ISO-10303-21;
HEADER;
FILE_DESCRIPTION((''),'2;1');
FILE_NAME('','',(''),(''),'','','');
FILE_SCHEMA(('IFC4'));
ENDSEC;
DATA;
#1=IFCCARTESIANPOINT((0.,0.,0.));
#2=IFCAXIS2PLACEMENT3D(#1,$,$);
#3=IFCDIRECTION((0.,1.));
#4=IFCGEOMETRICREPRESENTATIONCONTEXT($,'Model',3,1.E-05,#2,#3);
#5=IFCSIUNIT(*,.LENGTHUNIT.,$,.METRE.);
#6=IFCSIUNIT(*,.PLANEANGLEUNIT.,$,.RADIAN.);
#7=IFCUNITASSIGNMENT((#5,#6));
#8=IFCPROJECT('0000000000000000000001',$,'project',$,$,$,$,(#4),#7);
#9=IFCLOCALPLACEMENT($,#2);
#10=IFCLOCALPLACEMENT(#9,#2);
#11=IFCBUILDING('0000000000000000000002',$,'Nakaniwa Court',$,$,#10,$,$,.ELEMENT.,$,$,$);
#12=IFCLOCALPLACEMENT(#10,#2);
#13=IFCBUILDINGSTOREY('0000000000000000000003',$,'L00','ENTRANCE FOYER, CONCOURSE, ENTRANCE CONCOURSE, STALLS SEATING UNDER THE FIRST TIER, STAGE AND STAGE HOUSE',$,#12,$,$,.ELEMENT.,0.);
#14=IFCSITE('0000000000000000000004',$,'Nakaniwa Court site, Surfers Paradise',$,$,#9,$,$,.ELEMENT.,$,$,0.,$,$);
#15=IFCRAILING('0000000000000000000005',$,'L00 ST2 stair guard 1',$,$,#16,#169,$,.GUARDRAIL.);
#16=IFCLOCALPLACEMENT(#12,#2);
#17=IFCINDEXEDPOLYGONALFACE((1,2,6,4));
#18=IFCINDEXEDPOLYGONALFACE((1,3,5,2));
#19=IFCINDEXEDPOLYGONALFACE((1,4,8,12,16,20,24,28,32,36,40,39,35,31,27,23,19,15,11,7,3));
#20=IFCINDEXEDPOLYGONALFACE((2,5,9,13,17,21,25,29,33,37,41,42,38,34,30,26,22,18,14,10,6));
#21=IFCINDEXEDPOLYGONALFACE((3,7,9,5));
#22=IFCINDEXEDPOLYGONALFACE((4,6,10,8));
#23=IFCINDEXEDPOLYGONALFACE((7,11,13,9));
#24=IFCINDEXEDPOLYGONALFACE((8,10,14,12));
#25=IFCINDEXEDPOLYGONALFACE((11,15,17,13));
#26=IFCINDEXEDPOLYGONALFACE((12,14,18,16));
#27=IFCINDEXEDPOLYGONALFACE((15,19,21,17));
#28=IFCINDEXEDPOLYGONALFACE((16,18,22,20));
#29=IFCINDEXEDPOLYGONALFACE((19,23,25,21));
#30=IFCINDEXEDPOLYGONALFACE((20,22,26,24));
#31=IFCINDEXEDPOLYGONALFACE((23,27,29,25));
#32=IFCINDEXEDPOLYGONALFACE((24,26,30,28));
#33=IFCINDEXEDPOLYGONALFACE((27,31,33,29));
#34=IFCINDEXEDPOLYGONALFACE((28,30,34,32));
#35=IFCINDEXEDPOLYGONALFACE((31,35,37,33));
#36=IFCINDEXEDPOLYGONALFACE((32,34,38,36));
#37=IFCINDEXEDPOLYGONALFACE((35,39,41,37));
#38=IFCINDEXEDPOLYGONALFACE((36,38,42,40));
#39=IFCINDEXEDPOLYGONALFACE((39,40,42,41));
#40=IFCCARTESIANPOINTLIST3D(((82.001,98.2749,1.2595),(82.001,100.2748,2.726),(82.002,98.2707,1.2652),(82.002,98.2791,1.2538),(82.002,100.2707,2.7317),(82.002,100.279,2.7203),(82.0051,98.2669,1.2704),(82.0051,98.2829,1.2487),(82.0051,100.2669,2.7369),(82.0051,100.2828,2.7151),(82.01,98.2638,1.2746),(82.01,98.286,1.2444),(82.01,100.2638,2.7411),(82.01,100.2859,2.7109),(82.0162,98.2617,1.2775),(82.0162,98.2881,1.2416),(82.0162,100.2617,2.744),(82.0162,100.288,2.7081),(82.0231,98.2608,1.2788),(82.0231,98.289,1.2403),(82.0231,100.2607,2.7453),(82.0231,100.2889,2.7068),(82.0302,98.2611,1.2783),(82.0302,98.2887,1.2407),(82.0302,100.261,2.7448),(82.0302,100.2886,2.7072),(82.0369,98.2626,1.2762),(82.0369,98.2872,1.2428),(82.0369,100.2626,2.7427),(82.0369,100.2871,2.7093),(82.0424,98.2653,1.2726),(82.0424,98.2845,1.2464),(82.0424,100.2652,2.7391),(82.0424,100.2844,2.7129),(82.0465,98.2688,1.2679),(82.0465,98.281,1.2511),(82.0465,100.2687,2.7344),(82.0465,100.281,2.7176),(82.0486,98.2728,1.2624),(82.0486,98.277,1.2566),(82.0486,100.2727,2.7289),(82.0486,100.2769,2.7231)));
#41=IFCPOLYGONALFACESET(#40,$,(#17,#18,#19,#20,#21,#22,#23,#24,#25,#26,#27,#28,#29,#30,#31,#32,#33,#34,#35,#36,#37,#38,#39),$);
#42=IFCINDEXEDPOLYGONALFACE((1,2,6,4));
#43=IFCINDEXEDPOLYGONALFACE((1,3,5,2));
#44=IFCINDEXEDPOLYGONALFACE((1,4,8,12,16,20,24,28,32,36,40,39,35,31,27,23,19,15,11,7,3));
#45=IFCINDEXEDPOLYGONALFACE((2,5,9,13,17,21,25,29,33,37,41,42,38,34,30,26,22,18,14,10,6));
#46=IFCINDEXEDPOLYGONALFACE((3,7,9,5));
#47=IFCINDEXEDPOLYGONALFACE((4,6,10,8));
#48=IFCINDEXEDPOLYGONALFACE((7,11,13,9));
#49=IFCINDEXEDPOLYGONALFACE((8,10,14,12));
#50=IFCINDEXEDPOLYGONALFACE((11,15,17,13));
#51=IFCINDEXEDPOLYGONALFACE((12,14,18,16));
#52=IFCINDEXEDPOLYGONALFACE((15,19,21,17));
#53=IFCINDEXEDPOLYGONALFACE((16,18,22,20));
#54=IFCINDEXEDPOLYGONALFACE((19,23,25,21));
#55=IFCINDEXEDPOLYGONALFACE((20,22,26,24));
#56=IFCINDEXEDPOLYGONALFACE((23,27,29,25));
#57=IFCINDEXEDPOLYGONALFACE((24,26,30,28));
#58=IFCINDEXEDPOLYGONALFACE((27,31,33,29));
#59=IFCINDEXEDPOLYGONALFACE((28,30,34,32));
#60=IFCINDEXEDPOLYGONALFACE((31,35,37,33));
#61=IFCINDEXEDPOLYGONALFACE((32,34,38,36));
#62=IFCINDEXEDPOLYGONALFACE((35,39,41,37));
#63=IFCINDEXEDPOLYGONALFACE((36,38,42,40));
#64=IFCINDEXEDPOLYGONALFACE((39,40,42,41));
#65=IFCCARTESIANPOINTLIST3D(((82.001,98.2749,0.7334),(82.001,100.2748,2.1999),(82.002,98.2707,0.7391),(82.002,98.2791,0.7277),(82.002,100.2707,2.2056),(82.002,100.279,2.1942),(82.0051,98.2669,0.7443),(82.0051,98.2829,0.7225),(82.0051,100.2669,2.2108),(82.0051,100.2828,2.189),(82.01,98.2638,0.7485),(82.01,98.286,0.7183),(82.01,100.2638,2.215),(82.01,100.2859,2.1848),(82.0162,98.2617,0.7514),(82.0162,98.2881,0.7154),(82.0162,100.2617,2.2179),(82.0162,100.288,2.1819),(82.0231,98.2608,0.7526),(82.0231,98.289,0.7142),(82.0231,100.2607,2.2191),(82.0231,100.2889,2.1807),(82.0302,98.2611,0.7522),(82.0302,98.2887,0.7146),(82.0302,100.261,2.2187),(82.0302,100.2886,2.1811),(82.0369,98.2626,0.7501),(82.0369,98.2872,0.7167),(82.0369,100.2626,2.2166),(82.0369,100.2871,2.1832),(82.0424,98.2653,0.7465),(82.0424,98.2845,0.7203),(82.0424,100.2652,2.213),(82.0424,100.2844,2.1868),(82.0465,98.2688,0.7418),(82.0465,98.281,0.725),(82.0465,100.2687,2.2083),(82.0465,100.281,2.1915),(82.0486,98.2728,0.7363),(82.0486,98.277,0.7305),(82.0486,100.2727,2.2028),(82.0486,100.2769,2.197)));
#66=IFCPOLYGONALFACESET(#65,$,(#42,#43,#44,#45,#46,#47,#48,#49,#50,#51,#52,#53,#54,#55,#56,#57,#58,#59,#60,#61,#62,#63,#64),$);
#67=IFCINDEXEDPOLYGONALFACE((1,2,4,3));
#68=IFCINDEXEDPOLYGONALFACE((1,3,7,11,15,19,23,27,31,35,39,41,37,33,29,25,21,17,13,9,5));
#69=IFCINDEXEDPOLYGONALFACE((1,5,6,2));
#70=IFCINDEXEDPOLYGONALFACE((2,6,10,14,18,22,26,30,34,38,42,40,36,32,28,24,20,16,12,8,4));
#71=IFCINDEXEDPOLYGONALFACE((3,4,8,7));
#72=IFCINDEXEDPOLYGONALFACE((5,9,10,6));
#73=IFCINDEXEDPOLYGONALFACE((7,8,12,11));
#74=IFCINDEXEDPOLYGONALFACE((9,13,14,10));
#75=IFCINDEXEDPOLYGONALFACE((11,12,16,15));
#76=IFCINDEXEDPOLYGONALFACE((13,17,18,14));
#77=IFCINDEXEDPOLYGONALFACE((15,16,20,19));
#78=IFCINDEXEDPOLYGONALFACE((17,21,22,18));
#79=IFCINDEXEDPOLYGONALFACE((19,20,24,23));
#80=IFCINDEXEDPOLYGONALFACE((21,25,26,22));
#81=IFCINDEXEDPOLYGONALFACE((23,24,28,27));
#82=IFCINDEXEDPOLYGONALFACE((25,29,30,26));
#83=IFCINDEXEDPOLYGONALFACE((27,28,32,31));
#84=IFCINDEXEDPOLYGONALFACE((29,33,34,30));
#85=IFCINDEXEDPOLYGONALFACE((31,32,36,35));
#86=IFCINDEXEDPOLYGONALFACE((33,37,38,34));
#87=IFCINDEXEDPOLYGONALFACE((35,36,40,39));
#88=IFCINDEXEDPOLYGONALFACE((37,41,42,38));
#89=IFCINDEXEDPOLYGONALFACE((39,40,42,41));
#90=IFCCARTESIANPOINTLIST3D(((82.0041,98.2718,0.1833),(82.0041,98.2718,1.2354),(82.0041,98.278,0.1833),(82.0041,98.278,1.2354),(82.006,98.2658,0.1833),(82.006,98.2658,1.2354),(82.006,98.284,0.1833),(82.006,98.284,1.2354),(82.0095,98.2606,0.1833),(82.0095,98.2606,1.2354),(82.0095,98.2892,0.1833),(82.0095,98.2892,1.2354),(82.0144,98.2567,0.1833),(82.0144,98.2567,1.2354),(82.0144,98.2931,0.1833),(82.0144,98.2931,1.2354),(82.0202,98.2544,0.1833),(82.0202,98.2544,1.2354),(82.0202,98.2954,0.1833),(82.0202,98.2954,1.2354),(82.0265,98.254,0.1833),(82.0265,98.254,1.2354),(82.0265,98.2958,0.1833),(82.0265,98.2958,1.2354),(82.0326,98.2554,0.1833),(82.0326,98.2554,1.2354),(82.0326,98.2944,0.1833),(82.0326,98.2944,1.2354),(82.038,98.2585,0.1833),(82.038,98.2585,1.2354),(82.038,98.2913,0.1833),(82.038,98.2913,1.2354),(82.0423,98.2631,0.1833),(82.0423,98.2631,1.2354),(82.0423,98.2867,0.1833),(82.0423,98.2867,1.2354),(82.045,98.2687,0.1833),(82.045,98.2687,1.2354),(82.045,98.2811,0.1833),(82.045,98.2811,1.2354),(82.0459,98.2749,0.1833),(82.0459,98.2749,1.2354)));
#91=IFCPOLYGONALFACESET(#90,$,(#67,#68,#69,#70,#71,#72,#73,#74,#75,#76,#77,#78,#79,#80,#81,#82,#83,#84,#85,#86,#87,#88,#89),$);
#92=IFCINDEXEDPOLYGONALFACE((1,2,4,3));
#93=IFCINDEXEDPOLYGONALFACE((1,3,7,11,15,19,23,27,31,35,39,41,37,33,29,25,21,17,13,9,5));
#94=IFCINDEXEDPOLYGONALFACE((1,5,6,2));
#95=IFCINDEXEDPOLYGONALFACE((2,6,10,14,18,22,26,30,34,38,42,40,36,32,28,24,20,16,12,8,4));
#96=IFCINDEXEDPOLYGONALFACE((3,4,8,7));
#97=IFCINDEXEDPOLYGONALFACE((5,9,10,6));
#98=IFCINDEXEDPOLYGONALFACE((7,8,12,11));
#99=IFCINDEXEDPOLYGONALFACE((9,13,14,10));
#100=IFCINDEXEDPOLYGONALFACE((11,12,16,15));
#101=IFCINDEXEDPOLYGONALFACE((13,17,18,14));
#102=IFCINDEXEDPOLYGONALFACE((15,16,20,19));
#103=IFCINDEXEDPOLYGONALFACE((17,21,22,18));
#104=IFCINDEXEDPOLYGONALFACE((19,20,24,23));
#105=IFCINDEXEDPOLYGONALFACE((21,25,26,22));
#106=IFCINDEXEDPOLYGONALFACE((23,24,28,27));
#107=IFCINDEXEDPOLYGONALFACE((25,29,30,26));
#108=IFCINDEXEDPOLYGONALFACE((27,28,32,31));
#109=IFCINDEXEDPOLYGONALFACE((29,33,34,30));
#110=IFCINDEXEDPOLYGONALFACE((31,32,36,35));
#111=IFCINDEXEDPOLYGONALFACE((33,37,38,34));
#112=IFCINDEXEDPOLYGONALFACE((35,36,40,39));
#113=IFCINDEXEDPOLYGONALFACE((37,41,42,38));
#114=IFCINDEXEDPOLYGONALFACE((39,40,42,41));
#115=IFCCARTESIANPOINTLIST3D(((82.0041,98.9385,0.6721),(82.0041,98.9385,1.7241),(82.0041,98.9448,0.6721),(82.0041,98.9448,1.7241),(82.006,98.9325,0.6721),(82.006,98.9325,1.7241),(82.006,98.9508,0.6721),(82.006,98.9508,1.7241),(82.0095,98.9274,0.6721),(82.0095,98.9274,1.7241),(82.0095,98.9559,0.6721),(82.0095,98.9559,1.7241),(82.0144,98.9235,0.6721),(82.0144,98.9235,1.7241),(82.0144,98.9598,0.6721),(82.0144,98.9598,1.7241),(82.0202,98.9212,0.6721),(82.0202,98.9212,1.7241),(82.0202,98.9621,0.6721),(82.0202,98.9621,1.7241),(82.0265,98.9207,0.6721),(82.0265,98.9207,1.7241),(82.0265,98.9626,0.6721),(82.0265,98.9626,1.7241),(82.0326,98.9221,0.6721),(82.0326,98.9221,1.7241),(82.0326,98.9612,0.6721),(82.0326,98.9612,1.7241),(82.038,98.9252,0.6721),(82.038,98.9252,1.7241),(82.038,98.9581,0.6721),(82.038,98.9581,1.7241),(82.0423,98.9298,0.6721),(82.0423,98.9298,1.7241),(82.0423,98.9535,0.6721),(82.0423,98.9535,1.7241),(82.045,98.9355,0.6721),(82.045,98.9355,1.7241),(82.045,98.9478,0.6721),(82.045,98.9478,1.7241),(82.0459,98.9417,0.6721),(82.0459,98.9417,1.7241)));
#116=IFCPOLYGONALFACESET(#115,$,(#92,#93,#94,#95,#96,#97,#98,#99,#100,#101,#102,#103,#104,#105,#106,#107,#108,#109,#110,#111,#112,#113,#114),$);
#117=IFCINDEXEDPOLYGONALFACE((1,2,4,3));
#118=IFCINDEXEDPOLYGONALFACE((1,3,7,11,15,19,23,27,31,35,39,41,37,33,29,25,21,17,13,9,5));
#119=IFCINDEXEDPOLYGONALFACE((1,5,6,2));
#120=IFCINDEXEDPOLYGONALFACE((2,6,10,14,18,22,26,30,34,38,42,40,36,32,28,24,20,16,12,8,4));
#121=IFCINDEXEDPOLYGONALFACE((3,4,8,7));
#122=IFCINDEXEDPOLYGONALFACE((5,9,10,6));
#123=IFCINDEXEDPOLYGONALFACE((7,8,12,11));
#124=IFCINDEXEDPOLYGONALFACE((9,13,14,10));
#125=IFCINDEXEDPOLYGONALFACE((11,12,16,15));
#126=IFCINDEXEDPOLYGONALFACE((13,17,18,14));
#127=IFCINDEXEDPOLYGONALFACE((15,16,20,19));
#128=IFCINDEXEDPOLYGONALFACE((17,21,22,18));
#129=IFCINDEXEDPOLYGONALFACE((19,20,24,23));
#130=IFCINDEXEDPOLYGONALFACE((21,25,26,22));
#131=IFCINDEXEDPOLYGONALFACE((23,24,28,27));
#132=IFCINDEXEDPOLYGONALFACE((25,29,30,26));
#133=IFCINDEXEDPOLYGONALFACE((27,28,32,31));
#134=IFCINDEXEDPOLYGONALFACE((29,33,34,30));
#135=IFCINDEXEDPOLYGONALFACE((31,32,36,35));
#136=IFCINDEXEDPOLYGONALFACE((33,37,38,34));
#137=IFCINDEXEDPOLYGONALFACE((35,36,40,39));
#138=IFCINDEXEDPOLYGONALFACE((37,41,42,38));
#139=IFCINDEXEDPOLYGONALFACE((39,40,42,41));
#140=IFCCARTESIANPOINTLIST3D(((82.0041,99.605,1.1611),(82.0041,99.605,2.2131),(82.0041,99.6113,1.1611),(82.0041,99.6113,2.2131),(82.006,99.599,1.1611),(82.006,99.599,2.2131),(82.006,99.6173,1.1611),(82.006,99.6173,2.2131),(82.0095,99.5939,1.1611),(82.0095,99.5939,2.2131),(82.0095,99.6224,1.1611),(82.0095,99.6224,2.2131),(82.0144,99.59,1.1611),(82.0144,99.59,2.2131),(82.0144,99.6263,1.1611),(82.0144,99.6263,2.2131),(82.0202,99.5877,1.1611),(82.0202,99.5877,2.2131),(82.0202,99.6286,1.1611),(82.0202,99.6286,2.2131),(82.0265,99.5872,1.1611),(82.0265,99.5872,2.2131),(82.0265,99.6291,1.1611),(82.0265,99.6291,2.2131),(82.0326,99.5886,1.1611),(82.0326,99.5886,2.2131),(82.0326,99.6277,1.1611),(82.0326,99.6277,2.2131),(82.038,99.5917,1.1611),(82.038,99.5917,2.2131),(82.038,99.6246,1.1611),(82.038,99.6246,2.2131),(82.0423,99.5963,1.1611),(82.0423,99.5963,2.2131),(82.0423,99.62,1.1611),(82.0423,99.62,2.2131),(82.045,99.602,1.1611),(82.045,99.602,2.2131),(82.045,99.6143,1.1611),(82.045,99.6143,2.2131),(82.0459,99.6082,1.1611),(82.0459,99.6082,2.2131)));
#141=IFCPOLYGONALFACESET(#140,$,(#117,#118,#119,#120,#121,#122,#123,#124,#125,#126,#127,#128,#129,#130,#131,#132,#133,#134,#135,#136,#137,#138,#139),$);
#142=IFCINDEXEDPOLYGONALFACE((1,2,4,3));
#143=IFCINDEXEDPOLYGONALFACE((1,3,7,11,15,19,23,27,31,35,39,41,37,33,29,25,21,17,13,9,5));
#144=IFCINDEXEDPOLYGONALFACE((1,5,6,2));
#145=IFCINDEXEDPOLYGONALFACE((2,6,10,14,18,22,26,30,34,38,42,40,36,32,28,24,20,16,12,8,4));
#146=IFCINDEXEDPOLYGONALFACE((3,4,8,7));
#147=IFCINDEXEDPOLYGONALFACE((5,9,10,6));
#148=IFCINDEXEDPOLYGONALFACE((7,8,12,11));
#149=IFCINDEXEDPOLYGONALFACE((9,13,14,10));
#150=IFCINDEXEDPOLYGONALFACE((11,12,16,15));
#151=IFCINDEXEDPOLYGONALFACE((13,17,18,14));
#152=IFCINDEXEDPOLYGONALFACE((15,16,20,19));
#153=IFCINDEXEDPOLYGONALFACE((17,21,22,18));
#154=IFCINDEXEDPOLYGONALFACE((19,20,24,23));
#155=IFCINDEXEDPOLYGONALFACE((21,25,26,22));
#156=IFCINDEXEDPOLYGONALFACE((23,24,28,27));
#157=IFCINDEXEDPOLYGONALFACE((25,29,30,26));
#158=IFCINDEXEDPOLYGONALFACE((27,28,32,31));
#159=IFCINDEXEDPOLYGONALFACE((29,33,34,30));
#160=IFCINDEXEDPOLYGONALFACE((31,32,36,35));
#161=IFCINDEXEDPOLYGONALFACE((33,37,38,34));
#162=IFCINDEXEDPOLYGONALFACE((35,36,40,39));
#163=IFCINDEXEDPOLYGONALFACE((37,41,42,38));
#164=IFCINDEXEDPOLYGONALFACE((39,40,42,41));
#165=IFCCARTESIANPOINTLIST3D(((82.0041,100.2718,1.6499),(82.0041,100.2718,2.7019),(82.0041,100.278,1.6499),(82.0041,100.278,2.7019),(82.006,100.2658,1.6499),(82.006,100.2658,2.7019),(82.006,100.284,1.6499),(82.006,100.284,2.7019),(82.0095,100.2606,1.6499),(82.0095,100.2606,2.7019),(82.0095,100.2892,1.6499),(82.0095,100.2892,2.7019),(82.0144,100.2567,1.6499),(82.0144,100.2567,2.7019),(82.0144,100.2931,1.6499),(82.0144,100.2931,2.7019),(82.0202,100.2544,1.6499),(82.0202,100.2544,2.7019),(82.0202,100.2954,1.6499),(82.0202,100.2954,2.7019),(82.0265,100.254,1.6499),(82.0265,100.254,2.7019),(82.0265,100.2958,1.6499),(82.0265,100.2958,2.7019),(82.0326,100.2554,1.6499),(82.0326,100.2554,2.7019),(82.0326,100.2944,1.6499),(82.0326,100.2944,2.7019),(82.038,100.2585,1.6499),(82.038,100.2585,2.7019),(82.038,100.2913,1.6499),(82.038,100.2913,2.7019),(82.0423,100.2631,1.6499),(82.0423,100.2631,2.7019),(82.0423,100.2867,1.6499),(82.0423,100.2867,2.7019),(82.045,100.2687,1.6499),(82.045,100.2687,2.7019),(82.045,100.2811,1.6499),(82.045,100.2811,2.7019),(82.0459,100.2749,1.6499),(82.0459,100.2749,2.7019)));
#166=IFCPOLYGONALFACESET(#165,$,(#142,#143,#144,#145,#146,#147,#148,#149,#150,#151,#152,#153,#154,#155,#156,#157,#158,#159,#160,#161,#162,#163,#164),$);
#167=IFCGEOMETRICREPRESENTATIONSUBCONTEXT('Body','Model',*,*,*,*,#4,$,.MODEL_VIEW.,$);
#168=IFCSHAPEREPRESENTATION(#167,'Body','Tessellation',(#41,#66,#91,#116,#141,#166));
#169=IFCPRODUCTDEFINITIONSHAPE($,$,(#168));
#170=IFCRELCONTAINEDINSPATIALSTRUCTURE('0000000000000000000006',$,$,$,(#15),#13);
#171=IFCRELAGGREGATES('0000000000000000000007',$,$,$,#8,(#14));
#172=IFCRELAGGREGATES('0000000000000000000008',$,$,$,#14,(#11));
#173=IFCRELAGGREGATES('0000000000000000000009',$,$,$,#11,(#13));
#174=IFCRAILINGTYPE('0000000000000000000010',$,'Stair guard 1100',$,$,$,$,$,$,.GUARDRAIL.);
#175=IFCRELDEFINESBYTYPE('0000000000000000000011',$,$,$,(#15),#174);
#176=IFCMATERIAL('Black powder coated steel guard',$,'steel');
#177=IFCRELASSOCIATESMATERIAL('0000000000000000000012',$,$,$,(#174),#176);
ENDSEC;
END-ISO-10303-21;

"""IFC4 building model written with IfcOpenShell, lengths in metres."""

from ifc_helpers import new_model, si_unit, direction, frame, origin, origin_2d, place, context, subcontext, project, spatial, circle, extrude, material, type_object, element, save


model = new_model("IFC4")

# Units and contexts
model_context = context("Model", 3, precision=1e-05, world=origin(), true_north=direction((0.0, 1.0)))
body_context = subcontext(model_context, "Body", "Model", "MODEL_VIEW")
ifc_project = project(units=[si_unit("LENGTHUNIT", "METRE"), si_unit("PLANEANGLEUNIT", "RADIAN")], contexts=[model_context])

# Site, building, storey
site_placement = place(None, origin())
site = spatial("IfcSite", under=ifc_project, at=site_placement, Name="Nakaniwa Court site, Surfers Paradise", CompositionType="ELEMENT", RefElevation=0.0)
building_placement = place(site_placement, origin())
building = spatial("IfcBuilding", under=site, at=building_placement, Name="Nakaniwa Court", CompositionType="ELEMENT")
storey_placement = place(building_placement, origin())
storey = spatial("IfcBuildingStorey", under=building, at=storey_placement, Name="L00", Description="ENTRANCE FOYER, CONCOURSE, ENTRANCE CONCOURSE, STALLS SEATING UNDER THE FIRST TIER, STAGE AND STAGE HOUSE", CompositionType="ELEMENT", Elevation=0.0)

# Railing
ifc_material_1 = material(Name="Black powder coated steel guard", Category="steel")
railing_type_1 = type_object("IfcRailingType", Name="Stair guard 1100", PredefinedType="GUARDRAIL", material=ifc_material_1)
railing_1_placement = place(storey_placement, frame((82.0249, 98.2749, 0.1833)))
element("IfcRailing", 1, at=railing_1_placement, inside=storey, type_object=railing_type_1, Name="L00 ST2 stair guard 1", PredefinedType="GUARDRAIL", context=body_context, shape_type="SweptSolid", body=[
    extrude(circle(Radius=0.0239, at=origin_2d()), frame((0.0, 0.0, 1.0762), z_axis=(0.0, 0.806427, 0.591334), x_axis=(-1.0, 0.0, 0.0)), (0.0, 0.0, 1.0), 2.48),
    extrude(circle(Radius=0.0239, at=origin_2d()), frame((0.0, 0.0, 0.55), z_axis=(0.0, 0.806427, 0.591334), x_axis=(-1.0, 0.0, 0.0)), (0.0, 0.0, 1.0), 2.48),
    extrude(circle(Radius=0.021, at=origin_2d()), origin(), (0.0, 0.0, 1.0), 1.052),
    extrude(circle(Radius=0.021, at=origin_2d()), frame((0.0, 0.6667, 0.4888)), (0.0, 0.0, 1.0), 1.052),
    extrude(circle(Radius=0.021, at=origin_2d()), frame((0.0, 1.3333, 0.9778)), (0.0, 0.0, 1.0), 1.052),
    extrude(circle(Radius=0.021, at=origin_2d()), frame((0.0, 2.0, 1.4666)), (0.0, 0.0, 1.0), 1.052),
])

save(model, "model.ifc")
